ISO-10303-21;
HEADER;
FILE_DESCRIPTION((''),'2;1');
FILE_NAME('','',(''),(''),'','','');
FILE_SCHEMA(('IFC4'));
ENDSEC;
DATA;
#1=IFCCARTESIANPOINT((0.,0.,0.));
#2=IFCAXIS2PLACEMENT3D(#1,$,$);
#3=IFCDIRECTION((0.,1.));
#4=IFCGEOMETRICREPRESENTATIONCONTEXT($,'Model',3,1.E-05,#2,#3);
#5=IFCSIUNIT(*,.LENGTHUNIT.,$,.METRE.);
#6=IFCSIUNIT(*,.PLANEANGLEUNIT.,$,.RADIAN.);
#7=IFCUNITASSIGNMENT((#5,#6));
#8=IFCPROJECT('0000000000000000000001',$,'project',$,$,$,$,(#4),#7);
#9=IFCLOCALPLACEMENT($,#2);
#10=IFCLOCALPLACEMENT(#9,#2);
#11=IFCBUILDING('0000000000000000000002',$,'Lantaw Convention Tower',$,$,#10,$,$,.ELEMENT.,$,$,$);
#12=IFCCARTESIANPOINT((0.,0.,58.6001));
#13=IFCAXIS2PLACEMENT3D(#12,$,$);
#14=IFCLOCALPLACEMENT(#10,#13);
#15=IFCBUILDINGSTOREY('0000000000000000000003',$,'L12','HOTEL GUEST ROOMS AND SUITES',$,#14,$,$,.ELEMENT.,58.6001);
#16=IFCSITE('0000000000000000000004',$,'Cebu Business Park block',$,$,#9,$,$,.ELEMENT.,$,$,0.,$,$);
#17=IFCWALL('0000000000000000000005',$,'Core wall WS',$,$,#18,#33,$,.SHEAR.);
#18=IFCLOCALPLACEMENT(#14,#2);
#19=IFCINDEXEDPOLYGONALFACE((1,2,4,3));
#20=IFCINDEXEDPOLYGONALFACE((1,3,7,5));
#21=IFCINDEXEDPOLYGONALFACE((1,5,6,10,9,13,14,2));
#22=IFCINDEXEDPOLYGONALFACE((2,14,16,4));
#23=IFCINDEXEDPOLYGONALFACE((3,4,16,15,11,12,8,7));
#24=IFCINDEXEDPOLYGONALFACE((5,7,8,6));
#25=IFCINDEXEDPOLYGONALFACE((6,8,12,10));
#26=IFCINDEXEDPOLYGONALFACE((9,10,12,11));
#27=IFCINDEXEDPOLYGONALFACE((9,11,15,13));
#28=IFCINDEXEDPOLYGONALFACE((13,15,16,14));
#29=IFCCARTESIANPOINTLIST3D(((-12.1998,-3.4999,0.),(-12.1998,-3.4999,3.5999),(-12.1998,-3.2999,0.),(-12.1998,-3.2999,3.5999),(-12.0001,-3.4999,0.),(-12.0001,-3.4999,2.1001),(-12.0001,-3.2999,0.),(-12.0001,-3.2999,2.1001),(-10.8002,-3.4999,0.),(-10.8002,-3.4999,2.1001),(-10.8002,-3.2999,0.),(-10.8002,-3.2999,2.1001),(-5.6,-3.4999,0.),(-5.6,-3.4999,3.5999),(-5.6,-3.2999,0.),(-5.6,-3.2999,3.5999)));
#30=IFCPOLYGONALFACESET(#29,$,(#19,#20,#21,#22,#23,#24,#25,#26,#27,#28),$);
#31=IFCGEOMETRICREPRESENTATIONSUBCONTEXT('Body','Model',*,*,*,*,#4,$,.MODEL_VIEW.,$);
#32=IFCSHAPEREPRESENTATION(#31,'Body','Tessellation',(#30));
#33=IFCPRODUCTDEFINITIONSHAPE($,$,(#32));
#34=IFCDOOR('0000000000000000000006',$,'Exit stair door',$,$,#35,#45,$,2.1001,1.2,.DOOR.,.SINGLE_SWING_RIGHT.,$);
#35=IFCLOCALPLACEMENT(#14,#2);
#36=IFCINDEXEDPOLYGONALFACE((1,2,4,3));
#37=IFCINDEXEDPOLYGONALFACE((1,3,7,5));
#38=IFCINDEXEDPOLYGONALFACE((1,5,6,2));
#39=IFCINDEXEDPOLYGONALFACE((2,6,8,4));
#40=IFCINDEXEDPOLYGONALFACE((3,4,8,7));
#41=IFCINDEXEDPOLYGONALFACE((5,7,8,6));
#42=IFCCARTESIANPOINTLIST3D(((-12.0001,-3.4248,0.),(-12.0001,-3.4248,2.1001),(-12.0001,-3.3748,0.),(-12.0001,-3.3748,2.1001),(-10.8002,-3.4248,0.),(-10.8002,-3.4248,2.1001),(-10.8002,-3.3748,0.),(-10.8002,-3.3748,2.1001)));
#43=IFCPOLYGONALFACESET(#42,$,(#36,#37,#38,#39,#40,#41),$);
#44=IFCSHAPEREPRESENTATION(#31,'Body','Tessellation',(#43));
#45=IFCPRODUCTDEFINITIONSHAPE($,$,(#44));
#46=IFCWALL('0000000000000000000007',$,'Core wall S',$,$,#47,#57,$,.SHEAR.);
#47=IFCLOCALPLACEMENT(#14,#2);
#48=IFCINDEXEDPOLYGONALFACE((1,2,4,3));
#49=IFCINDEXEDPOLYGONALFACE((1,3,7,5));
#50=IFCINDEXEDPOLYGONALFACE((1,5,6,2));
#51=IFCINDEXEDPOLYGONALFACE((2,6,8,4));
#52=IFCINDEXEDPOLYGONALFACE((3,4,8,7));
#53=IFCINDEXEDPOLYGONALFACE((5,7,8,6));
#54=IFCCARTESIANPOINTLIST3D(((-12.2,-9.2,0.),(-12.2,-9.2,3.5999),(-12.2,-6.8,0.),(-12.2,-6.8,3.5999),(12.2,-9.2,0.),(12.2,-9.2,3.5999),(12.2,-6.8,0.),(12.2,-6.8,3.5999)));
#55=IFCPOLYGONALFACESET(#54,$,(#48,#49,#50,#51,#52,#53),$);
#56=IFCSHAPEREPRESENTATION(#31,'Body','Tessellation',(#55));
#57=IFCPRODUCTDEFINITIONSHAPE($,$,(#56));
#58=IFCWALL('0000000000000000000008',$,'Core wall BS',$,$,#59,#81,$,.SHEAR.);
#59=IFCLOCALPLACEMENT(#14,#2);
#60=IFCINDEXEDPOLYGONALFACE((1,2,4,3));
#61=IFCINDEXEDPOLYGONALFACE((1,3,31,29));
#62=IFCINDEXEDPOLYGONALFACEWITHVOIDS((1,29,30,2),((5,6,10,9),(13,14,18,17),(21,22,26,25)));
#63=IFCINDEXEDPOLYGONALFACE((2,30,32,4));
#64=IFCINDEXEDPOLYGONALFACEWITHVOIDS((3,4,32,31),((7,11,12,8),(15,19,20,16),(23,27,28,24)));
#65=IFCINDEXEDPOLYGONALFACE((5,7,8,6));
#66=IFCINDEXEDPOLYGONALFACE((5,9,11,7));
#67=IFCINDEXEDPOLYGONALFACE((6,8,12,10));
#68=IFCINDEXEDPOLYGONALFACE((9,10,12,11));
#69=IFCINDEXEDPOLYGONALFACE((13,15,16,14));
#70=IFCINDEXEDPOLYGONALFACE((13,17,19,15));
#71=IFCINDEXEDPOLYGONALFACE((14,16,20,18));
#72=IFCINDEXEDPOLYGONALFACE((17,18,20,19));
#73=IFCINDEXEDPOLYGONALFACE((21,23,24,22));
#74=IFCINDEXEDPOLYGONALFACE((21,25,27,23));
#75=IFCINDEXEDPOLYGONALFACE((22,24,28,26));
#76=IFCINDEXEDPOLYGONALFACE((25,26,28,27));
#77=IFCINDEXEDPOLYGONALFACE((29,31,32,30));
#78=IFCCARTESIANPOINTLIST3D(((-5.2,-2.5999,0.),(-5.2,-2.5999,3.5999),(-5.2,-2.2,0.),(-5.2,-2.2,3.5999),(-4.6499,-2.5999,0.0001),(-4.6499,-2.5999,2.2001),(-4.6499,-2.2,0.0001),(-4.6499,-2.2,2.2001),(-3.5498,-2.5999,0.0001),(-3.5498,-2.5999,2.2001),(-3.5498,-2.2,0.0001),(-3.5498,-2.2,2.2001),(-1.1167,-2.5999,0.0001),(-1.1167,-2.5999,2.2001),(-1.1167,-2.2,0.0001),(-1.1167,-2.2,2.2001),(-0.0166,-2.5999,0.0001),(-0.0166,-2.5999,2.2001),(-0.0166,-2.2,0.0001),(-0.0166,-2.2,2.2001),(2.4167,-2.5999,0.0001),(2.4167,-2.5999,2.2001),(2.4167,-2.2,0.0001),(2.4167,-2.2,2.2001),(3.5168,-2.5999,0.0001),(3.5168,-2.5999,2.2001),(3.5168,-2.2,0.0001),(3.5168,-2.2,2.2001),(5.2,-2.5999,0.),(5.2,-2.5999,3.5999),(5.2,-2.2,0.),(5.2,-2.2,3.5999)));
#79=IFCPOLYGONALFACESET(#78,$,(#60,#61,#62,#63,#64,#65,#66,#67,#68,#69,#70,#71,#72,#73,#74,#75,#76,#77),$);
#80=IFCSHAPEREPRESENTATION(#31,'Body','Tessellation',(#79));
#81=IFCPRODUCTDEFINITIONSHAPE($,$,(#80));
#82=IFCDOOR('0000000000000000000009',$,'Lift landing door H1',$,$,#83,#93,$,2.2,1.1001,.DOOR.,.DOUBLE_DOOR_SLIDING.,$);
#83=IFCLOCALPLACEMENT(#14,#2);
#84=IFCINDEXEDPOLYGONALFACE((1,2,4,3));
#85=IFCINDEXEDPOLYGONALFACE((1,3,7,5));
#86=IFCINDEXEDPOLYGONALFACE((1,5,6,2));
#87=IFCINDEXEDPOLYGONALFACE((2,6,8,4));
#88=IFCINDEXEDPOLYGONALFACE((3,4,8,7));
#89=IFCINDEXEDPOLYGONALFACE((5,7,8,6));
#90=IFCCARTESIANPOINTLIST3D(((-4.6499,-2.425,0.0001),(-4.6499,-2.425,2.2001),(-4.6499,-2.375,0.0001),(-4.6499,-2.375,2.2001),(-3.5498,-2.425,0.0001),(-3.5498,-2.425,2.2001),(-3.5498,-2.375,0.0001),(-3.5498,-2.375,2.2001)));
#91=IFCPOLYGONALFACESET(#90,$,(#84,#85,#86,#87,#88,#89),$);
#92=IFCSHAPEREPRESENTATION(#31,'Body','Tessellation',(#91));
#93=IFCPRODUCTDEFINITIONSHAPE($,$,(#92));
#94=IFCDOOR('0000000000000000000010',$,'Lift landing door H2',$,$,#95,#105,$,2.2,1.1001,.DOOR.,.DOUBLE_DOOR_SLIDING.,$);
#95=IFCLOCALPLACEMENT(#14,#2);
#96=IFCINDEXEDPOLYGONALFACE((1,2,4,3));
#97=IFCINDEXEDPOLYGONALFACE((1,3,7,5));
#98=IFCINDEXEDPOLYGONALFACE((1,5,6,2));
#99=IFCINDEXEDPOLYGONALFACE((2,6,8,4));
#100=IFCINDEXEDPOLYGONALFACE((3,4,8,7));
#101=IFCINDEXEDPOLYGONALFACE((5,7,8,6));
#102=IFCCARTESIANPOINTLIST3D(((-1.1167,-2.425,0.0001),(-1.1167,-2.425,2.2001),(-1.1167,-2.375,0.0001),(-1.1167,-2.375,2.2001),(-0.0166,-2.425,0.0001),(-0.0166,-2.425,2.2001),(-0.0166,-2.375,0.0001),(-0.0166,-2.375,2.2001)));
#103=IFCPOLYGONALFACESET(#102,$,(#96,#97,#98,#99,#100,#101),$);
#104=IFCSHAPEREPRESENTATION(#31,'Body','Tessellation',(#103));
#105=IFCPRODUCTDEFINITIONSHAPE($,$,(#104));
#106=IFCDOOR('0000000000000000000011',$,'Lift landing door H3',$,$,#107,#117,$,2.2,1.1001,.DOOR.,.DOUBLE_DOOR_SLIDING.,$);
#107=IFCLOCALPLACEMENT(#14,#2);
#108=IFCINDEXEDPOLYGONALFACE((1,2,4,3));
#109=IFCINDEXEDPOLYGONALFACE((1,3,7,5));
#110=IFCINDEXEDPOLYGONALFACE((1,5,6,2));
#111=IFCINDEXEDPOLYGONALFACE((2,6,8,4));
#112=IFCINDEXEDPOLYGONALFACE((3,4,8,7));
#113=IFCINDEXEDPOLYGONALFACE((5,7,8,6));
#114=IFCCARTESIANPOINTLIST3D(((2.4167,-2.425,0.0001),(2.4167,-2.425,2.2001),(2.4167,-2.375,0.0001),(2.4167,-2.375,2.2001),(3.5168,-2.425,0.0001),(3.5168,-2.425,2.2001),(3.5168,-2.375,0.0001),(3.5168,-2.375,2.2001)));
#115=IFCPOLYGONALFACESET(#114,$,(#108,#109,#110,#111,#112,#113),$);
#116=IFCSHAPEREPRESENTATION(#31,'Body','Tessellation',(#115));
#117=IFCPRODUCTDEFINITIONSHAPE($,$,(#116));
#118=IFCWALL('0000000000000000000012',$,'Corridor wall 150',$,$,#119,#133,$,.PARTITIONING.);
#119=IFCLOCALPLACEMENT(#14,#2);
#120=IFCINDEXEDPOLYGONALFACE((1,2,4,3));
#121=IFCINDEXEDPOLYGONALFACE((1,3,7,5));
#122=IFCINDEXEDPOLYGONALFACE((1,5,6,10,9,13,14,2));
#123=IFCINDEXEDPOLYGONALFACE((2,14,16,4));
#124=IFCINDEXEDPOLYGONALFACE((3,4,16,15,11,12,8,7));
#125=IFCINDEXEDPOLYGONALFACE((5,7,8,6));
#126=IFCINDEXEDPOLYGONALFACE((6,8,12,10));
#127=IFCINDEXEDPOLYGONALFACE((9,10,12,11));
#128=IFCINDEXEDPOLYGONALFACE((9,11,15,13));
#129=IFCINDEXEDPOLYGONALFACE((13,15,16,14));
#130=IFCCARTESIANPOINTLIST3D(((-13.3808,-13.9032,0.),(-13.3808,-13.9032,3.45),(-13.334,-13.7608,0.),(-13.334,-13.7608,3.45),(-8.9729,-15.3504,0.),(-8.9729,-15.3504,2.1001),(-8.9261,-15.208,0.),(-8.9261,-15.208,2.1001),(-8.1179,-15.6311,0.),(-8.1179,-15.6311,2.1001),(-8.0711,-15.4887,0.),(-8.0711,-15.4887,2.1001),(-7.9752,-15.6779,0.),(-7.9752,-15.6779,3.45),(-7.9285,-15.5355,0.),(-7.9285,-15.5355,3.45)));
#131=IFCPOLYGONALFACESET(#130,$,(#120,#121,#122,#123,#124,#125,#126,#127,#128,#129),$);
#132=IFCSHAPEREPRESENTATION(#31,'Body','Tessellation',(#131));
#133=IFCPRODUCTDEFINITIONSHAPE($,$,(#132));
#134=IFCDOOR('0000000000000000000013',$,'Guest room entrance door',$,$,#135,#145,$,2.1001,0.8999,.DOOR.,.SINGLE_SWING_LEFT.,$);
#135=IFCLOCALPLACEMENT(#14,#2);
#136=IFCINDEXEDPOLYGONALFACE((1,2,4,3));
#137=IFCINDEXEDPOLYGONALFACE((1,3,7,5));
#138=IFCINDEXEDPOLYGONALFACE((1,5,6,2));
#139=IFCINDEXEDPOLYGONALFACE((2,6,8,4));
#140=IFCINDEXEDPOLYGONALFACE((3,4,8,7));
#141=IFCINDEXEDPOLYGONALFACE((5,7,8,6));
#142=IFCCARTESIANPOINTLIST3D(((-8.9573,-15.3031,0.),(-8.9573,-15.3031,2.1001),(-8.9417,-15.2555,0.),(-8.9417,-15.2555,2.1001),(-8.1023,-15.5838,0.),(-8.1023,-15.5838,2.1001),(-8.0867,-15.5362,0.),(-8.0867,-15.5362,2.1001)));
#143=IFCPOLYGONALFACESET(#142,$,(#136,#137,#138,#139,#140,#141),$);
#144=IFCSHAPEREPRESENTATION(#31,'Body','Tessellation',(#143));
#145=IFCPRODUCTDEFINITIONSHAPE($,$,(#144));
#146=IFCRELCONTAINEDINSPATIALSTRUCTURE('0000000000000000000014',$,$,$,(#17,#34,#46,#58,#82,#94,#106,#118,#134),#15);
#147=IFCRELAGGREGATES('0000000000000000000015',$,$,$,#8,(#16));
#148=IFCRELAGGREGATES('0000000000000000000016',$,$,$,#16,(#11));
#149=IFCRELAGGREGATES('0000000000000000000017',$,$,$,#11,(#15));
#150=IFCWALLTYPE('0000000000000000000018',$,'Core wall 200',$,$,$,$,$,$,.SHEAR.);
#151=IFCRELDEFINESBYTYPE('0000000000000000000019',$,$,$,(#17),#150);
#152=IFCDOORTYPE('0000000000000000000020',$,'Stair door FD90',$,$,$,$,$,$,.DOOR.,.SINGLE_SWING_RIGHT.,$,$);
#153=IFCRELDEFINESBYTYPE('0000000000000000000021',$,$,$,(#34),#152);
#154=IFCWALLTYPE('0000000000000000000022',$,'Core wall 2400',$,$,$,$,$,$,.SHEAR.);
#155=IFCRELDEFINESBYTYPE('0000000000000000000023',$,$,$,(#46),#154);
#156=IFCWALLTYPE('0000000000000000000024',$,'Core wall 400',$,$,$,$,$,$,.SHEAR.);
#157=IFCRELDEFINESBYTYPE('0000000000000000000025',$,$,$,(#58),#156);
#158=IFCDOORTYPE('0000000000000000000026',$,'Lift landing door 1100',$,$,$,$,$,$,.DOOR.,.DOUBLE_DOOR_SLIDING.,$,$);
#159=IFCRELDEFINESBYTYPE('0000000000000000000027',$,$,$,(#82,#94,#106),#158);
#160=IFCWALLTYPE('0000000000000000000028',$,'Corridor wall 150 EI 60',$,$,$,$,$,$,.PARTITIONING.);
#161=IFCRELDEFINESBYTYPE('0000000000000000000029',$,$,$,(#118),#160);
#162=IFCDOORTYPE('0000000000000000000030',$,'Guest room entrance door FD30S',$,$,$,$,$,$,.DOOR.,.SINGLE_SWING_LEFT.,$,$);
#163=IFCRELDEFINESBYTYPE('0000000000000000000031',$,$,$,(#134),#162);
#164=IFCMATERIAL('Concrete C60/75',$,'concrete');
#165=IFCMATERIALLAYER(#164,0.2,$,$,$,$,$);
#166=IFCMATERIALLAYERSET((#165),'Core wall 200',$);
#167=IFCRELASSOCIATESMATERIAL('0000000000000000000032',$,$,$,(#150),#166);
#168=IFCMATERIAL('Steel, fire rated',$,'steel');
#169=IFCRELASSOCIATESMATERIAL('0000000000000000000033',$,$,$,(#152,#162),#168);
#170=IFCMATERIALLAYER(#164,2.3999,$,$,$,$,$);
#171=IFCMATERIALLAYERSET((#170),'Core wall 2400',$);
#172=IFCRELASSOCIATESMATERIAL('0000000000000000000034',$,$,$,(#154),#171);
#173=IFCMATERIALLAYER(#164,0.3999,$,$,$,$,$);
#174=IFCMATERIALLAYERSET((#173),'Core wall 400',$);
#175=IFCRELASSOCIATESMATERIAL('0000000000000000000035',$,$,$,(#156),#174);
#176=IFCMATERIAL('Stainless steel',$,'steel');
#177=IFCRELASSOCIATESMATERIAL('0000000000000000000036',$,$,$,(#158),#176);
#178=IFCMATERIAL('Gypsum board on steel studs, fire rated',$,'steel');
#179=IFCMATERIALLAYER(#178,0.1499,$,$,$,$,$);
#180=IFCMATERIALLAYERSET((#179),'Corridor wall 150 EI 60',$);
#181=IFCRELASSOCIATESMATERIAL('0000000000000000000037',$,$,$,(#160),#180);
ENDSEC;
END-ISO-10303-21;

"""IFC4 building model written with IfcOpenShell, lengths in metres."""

from ifc_helpers import new_model, si_unit, direction, frame, frame_2d, origin, place, context, subcontext, project, spatial, rectangle, extrude, material, layer, layer_set, type_object, element, fill, save


model = new_model("IFC4")

# Units and contexts
model_context = context("Model", 3, precision=1e-05, world=origin(), true_north=direction((0.0, 1.0)))
body_context = subcontext(model_context, "Body", "Model", "MODEL_VIEW")
ifc_project = project(units=[si_unit("LENGTHUNIT", "METRE"), si_unit("PLANEANGLEUNIT", "RADIAN")], contexts=[model_context])

# Site, building, storey
site_placement = place(None, origin())
site = spatial("IfcSite", under=ifc_project, at=site_placement, Name="Cebu Business Park block", CompositionType="ELEMENT", RefElevation=0.0)
building_placement = place(site_placement, origin())
building = spatial("IfcBuilding", under=site, at=building_placement, Name="Lantaw Convention Tower", CompositionType="ELEMENT")
storey_placement = place(building_placement, frame((0.0, 0.0, 58.6001)))
storey = spatial("IfcBuildingStorey", under=building, at=storey_placement, Name="L12", Description="HOTEL GUEST ROOMS AND SUITES", CompositionType="ELEMENT", Elevation=58.6001)

# Shared definitions
ifc_material_1 = material(Name="Concrete C60/75", Category="concrete")

# Wall, opening, door
ifc_layer_1 = layer(ifc_material_1, 0.2)
ifc_layer_set_1 = layer_set([ifc_layer_1], Name="Core wall 200")
wall_type_1 = type_object("IfcWallType", Name="Core wall 200", PredefinedType="SHEAR", material=ifc_layer_set_1)
wall_1_placement = place(storey_placement, frame((-5.6001, -3.3999, 0.0), z_axis=(0.0, 0.0, 1.0), x_axis=(-1.0, 0.0, 0.0)))
wall_1 = element("IfcWall", 1, at=wall_1_placement, inside=storey, type_object=wall_type_1, Name="Core wall WS", PredefinedType="SHEAR", context=body_context, shape_type="SweptSolid", body=[
    extrude(rectangle(XDim=6.5999, YDim=0.2, at=frame_2d((3.2998, 0.0))), origin(), (0.0, 0.0, 1.0), 3.5999),
])
opening_1_placement = place(wall_1_placement, frame((5.2, 0.0, 0.0)))
opening_1 = element("IfcOpeningElement", 2, at=opening_1_placement, cuts=wall_1, PredefinedType="OPENING", context=body_context, shape_type="SweptSolid", body=[
    extrude(rectangle(XDim=1.2, YDim=2.1001, at=frame_2d((0.6001, 1.05))), frame((0.0, 0.1099, 0.0), z_axis=(0.0, -1.0, 0.0), x_axis=(1.0, 0.0, 0.0)), (0.0, 0.0, 1.0), 0.22),
])
ifc_material_2 = material(Name="Steel, fire rated", Category="steel")
door_type_1 = type_object("IfcDoorType", Name="Stair door FD90", OperationType="SINGLE_SWING_RIGHT", PredefinedType="DOOR", material=ifc_material_2)
door_1_placement = place(opening_1_placement, origin())
door_1 = element("IfcDoor", 3, at=door_1_placement, inside=storey, type_object=door_type_1, Name="Exit stair door", OperationType="SINGLE_SWING_RIGHT", OverallHeight=2.1001, OverallWidth=1.2, PredefinedType="DOOR", context=body_context, shape_type="SweptSolid", body=[
    extrude(rectangle(XDim=1.2, YDim=2.1001, at=frame_2d((0.6001, 1.05))), frame((0.0, 0.0249, 0.0), z_axis=(0.0, -1.0, 0.0), x_axis=(1.0, 0.0, 0.0)), (0.0, 0.0, 1.0), 0.05),
])
fill(opening_1, door_1)

# Wall
ifc_layer_2 = layer(ifc_material_1, 2.3999)
ifc_layer_set_2 = layer_set([ifc_layer_2], Name="Core wall 2400")
wall_type_2 = type_object("IfcWallType", Name="Core wall 2400", PredefinedType="SHEAR", material=ifc_layer_set_2)
wall_2_placement = place(storey_placement, frame((-12.2, -8.0, 0.0), z_axis=(0.0, 0.0, 1.0), x_axis=(1.0, 0.0, 0.0)))
element("IfcWall", 4, at=wall_2_placement, inside=storey, type_object=wall_type_2, Name="Core wall S", PredefinedType="SHEAR", context=body_context, shape_type="SweptSolid", body=[
    extrude(rectangle(XDim=24.3999, YDim=2.3999, at=frame_2d((12.2, 0.0))), origin(), (0.0, 0.0, 1.0), 3.5999),
])

# Wall, openings, doors
ifc_layer_3 = layer(ifc_material_1, 0.3999)
ifc_layer_set_3 = layer_set([ifc_layer_3], Name="Core wall 400")
wall_type_3 = type_object("IfcWallType", Name="Core wall 400", PredefinedType="SHEAR", material=ifc_layer_set_3)
wall_3_placement = place(storey_placement, frame((-5.2, -2.3999, 0.0), z_axis=(0.0, 0.0, 1.0), x_axis=(1.0, 0.0, 0.0)))
wall_3 = element("IfcWall", 5, at=wall_3_placement, inside=storey, type_object=wall_type_3, Name="Core wall BS", PredefinedType="SHEAR", context=body_context, shape_type="SweptSolid", body=[
    extrude(rectangle(XDim=10.3999, YDim=0.3999, at=frame_2d((5.2, 0.0))), origin(), (0.0, 0.0, 1.0), 3.5999),
])
opening_2_placement = place(wall_3_placement, frame((0.55, 0.0, 0.0)))
opening_2 = element("IfcOpeningElement", 6, at=opening_2_placement, cuts=wall_3, PredefinedType="OPENING", context=body_context, shape_type="SweptSolid", body=[
    extrude(rectangle(XDim=1.1001, YDim=2.2, at=frame_2d((0.55, 1.1001))), frame((0.0, 0.21, 0.0), z_axis=(0.0, -1.0, 0.0), x_axis=(1.0, 0.0, 0.0)), (0.0, 0.0, 1.0), 0.4199),
])
opening_3_placement = place(wall_3_placement, frame((4.0833, 0.0, 0.0)))
opening_3 = element("IfcOpeningElement", 7, at=opening_3_placement, cuts=wall_3, PredefinedType="OPENING", context=body_context, shape_type="SweptSolid", body=[
    extrude(rectangle(XDim=1.1001, YDim=2.2, at=frame_2d((0.55, 1.1001))), frame((0.0, 0.21, 0.0), z_axis=(0.0, -1.0, 0.0), x_axis=(1.0, 0.0, 0.0)), (0.0, 0.0, 1.0), 0.4199),
])
opening_4_placement = place(wall_3_placement, frame((7.6167, 0.0, 0.0)))
opening_4 = element("IfcOpeningElement", 8, at=opening_4_placement, cuts=wall_3, PredefinedType="OPENING", context=body_context, shape_type="SweptSolid", body=[
    extrude(rectangle(XDim=1.1001, YDim=2.2, at=frame_2d((0.55, 1.1001))), frame((0.0, 0.21, 0.0), z_axis=(0.0, -1.0, 0.0), x_axis=(1.0, 0.0, 0.0)), (0.0, 0.0, 1.0), 0.4199),
])
ifc_material_3 = material(Name="Stainless steel", Category="steel")
door_type_2 = type_object("IfcDoorType", Name="Lift landing door 1100", OperationType="DOUBLE_DOOR_SLIDING", PredefinedType="DOOR", material=ifc_material_3)
door_2_placement = place(opening_2_placement, origin())
door_2 = element("IfcDoor", 9, at=door_2_placement, inside=storey, type_object=door_type_2, Name="Lift landing door H1", OperationType="DOUBLE_DOOR_SLIDING", OverallHeight=2.2, OverallWidth=1.1001, PredefinedType="DOOR", context=body_context, shape_type="SweptSolid", body=[
    extrude(rectangle(XDim=1.1001, YDim=2.2, at=frame_2d((0.55, 1.1001))), frame((0.0, 0.0249, 0.0), z_axis=(0.0, -1.0, 0.0), x_axis=(1.0, 0.0, 0.0)), (0.0, 0.0, 1.0), 0.05),
])
fill(opening_2, door_2)
door_3_placement = place(opening_3_placement, origin())
door_3 = element("IfcDoor", 10, at=door_3_placement, inside=storey, type_object=door_type_2, Name="Lift landing door H2", OperationType="DOUBLE_DOOR_SLIDING", OverallHeight=2.2, OverallWidth=1.1001, PredefinedType="DOOR", context=body_context, shape_type="SweptSolid", body=[
    extrude(rectangle(XDim=1.1001, YDim=2.2, at=frame_2d((0.55, 1.1001))), frame((0.0, 0.0249, 0.0), z_axis=(0.0, -1.0, 0.0), x_axis=(1.0, 0.0, 0.0)), (0.0, 0.0, 1.0), 0.05),
])
fill(opening_3, door_3)
door_4_placement = place(opening_4_placement, origin())
door_4 = element("IfcDoor", 11, at=door_4_placement, inside=storey, type_object=door_type_2, Name="Lift landing door H3", OperationType="DOUBLE_DOOR_SLIDING", OverallHeight=2.2, OverallWidth=1.1001, PredefinedType="DOOR", context=body_context, shape_type="SweptSolid", body=[
    extrude(rectangle(XDim=1.1001, YDim=2.2, at=frame_2d((0.55, 1.1001))), frame((0.0, 0.0249, 0.0), z_axis=(0.0, -1.0, 0.0), x_axis=(1.0, 0.0, 0.0)), (0.0, 0.0, 1.0), 0.05),
])
fill(opening_4, door_4)

# Wall, opening, door
ifc_material_4 = material(Name="Gypsum board on steel studs, fire rated", Category="steel")
ifc_layer_4 = layer(ifc_material_4, 0.1499)
ifc_layer_set_4 = layer_set([ifc_layer_4], Name="Corridor wall 150 EI 60")
wall_type_4 = type_object("IfcWallType", Name="Corridor wall 150 EI 60", PredefinedType="PARTITIONING", material=ifc_layer_set_4)
wall_4_placement = place(storey_placement, frame((-13.3574, -13.832, 0.0), z_axis=(0.0, 0.0, 1.0), x_axis=(0.950107, -0.311925, 0.0)))
wall_4 = element("IfcWall", 12, at=wall_4_placement, inside=storey, type_object=wall_type_4, Name="Corridor wall 150", PredefinedType="PARTITIONING", context=body_context, shape_type="SweptSolid", body=[
    extrude(rectangle(XDim=5.6895, YDim=0.1499, at=frame_2d((2.8447, 0.0))), origin(), (0.0, 0.0, 1.0), 3.45),
])
opening_5_placement = place(wall_4_placement, frame((4.6394, 0.0, 0.0)))
opening_5 = element("IfcOpeningElement", 13, at=opening_5_placement, cuts=wall_4, PredefinedType="OPENING", context=body_context, shape_type="SweptSolid", body=[
    extrude(rectangle(XDim=0.8999, YDim=2.1001, at=frame_2d((0.45, 1.05))), frame((0.0, 0.085, 0.0), z_axis=(0.0, -1.0, 0.0), x_axis=(1.0, 0.0, 0.0)), (0.0, 0.0, 1.0), 0.1699),
])
door_type_3 = type_object("IfcDoorType", Name="Guest room entrance door FD30S", OperationType="SINGLE_SWING_LEFT", PredefinedType="DOOR", material=ifc_material_2)
door_5_placement = place(opening_5_placement, origin())
door_5 = element("IfcDoor", 14, at=door_5_placement, inside=storey, type_object=door_type_3, Name="Guest room entrance door", OperationType="SINGLE_SWING_LEFT", OverallHeight=2.1001, OverallWidth=0.8999, PredefinedType="DOOR", context=body_context, shape_type="SweptSolid", body=[
    extrude(rectangle(XDim=0.8999, YDim=2.1001, at=frame_2d((0.45, 1.05))), frame((0.0, 0.0249, 0.0), z_axis=(0.0, -1.0, 0.0), x_axis=(1.0, 0.0, 0.0)), (0.0, 0.0, 1.0), 0.05),
])
fill(opening_5, door_5)

save(model, "model.ifc")
